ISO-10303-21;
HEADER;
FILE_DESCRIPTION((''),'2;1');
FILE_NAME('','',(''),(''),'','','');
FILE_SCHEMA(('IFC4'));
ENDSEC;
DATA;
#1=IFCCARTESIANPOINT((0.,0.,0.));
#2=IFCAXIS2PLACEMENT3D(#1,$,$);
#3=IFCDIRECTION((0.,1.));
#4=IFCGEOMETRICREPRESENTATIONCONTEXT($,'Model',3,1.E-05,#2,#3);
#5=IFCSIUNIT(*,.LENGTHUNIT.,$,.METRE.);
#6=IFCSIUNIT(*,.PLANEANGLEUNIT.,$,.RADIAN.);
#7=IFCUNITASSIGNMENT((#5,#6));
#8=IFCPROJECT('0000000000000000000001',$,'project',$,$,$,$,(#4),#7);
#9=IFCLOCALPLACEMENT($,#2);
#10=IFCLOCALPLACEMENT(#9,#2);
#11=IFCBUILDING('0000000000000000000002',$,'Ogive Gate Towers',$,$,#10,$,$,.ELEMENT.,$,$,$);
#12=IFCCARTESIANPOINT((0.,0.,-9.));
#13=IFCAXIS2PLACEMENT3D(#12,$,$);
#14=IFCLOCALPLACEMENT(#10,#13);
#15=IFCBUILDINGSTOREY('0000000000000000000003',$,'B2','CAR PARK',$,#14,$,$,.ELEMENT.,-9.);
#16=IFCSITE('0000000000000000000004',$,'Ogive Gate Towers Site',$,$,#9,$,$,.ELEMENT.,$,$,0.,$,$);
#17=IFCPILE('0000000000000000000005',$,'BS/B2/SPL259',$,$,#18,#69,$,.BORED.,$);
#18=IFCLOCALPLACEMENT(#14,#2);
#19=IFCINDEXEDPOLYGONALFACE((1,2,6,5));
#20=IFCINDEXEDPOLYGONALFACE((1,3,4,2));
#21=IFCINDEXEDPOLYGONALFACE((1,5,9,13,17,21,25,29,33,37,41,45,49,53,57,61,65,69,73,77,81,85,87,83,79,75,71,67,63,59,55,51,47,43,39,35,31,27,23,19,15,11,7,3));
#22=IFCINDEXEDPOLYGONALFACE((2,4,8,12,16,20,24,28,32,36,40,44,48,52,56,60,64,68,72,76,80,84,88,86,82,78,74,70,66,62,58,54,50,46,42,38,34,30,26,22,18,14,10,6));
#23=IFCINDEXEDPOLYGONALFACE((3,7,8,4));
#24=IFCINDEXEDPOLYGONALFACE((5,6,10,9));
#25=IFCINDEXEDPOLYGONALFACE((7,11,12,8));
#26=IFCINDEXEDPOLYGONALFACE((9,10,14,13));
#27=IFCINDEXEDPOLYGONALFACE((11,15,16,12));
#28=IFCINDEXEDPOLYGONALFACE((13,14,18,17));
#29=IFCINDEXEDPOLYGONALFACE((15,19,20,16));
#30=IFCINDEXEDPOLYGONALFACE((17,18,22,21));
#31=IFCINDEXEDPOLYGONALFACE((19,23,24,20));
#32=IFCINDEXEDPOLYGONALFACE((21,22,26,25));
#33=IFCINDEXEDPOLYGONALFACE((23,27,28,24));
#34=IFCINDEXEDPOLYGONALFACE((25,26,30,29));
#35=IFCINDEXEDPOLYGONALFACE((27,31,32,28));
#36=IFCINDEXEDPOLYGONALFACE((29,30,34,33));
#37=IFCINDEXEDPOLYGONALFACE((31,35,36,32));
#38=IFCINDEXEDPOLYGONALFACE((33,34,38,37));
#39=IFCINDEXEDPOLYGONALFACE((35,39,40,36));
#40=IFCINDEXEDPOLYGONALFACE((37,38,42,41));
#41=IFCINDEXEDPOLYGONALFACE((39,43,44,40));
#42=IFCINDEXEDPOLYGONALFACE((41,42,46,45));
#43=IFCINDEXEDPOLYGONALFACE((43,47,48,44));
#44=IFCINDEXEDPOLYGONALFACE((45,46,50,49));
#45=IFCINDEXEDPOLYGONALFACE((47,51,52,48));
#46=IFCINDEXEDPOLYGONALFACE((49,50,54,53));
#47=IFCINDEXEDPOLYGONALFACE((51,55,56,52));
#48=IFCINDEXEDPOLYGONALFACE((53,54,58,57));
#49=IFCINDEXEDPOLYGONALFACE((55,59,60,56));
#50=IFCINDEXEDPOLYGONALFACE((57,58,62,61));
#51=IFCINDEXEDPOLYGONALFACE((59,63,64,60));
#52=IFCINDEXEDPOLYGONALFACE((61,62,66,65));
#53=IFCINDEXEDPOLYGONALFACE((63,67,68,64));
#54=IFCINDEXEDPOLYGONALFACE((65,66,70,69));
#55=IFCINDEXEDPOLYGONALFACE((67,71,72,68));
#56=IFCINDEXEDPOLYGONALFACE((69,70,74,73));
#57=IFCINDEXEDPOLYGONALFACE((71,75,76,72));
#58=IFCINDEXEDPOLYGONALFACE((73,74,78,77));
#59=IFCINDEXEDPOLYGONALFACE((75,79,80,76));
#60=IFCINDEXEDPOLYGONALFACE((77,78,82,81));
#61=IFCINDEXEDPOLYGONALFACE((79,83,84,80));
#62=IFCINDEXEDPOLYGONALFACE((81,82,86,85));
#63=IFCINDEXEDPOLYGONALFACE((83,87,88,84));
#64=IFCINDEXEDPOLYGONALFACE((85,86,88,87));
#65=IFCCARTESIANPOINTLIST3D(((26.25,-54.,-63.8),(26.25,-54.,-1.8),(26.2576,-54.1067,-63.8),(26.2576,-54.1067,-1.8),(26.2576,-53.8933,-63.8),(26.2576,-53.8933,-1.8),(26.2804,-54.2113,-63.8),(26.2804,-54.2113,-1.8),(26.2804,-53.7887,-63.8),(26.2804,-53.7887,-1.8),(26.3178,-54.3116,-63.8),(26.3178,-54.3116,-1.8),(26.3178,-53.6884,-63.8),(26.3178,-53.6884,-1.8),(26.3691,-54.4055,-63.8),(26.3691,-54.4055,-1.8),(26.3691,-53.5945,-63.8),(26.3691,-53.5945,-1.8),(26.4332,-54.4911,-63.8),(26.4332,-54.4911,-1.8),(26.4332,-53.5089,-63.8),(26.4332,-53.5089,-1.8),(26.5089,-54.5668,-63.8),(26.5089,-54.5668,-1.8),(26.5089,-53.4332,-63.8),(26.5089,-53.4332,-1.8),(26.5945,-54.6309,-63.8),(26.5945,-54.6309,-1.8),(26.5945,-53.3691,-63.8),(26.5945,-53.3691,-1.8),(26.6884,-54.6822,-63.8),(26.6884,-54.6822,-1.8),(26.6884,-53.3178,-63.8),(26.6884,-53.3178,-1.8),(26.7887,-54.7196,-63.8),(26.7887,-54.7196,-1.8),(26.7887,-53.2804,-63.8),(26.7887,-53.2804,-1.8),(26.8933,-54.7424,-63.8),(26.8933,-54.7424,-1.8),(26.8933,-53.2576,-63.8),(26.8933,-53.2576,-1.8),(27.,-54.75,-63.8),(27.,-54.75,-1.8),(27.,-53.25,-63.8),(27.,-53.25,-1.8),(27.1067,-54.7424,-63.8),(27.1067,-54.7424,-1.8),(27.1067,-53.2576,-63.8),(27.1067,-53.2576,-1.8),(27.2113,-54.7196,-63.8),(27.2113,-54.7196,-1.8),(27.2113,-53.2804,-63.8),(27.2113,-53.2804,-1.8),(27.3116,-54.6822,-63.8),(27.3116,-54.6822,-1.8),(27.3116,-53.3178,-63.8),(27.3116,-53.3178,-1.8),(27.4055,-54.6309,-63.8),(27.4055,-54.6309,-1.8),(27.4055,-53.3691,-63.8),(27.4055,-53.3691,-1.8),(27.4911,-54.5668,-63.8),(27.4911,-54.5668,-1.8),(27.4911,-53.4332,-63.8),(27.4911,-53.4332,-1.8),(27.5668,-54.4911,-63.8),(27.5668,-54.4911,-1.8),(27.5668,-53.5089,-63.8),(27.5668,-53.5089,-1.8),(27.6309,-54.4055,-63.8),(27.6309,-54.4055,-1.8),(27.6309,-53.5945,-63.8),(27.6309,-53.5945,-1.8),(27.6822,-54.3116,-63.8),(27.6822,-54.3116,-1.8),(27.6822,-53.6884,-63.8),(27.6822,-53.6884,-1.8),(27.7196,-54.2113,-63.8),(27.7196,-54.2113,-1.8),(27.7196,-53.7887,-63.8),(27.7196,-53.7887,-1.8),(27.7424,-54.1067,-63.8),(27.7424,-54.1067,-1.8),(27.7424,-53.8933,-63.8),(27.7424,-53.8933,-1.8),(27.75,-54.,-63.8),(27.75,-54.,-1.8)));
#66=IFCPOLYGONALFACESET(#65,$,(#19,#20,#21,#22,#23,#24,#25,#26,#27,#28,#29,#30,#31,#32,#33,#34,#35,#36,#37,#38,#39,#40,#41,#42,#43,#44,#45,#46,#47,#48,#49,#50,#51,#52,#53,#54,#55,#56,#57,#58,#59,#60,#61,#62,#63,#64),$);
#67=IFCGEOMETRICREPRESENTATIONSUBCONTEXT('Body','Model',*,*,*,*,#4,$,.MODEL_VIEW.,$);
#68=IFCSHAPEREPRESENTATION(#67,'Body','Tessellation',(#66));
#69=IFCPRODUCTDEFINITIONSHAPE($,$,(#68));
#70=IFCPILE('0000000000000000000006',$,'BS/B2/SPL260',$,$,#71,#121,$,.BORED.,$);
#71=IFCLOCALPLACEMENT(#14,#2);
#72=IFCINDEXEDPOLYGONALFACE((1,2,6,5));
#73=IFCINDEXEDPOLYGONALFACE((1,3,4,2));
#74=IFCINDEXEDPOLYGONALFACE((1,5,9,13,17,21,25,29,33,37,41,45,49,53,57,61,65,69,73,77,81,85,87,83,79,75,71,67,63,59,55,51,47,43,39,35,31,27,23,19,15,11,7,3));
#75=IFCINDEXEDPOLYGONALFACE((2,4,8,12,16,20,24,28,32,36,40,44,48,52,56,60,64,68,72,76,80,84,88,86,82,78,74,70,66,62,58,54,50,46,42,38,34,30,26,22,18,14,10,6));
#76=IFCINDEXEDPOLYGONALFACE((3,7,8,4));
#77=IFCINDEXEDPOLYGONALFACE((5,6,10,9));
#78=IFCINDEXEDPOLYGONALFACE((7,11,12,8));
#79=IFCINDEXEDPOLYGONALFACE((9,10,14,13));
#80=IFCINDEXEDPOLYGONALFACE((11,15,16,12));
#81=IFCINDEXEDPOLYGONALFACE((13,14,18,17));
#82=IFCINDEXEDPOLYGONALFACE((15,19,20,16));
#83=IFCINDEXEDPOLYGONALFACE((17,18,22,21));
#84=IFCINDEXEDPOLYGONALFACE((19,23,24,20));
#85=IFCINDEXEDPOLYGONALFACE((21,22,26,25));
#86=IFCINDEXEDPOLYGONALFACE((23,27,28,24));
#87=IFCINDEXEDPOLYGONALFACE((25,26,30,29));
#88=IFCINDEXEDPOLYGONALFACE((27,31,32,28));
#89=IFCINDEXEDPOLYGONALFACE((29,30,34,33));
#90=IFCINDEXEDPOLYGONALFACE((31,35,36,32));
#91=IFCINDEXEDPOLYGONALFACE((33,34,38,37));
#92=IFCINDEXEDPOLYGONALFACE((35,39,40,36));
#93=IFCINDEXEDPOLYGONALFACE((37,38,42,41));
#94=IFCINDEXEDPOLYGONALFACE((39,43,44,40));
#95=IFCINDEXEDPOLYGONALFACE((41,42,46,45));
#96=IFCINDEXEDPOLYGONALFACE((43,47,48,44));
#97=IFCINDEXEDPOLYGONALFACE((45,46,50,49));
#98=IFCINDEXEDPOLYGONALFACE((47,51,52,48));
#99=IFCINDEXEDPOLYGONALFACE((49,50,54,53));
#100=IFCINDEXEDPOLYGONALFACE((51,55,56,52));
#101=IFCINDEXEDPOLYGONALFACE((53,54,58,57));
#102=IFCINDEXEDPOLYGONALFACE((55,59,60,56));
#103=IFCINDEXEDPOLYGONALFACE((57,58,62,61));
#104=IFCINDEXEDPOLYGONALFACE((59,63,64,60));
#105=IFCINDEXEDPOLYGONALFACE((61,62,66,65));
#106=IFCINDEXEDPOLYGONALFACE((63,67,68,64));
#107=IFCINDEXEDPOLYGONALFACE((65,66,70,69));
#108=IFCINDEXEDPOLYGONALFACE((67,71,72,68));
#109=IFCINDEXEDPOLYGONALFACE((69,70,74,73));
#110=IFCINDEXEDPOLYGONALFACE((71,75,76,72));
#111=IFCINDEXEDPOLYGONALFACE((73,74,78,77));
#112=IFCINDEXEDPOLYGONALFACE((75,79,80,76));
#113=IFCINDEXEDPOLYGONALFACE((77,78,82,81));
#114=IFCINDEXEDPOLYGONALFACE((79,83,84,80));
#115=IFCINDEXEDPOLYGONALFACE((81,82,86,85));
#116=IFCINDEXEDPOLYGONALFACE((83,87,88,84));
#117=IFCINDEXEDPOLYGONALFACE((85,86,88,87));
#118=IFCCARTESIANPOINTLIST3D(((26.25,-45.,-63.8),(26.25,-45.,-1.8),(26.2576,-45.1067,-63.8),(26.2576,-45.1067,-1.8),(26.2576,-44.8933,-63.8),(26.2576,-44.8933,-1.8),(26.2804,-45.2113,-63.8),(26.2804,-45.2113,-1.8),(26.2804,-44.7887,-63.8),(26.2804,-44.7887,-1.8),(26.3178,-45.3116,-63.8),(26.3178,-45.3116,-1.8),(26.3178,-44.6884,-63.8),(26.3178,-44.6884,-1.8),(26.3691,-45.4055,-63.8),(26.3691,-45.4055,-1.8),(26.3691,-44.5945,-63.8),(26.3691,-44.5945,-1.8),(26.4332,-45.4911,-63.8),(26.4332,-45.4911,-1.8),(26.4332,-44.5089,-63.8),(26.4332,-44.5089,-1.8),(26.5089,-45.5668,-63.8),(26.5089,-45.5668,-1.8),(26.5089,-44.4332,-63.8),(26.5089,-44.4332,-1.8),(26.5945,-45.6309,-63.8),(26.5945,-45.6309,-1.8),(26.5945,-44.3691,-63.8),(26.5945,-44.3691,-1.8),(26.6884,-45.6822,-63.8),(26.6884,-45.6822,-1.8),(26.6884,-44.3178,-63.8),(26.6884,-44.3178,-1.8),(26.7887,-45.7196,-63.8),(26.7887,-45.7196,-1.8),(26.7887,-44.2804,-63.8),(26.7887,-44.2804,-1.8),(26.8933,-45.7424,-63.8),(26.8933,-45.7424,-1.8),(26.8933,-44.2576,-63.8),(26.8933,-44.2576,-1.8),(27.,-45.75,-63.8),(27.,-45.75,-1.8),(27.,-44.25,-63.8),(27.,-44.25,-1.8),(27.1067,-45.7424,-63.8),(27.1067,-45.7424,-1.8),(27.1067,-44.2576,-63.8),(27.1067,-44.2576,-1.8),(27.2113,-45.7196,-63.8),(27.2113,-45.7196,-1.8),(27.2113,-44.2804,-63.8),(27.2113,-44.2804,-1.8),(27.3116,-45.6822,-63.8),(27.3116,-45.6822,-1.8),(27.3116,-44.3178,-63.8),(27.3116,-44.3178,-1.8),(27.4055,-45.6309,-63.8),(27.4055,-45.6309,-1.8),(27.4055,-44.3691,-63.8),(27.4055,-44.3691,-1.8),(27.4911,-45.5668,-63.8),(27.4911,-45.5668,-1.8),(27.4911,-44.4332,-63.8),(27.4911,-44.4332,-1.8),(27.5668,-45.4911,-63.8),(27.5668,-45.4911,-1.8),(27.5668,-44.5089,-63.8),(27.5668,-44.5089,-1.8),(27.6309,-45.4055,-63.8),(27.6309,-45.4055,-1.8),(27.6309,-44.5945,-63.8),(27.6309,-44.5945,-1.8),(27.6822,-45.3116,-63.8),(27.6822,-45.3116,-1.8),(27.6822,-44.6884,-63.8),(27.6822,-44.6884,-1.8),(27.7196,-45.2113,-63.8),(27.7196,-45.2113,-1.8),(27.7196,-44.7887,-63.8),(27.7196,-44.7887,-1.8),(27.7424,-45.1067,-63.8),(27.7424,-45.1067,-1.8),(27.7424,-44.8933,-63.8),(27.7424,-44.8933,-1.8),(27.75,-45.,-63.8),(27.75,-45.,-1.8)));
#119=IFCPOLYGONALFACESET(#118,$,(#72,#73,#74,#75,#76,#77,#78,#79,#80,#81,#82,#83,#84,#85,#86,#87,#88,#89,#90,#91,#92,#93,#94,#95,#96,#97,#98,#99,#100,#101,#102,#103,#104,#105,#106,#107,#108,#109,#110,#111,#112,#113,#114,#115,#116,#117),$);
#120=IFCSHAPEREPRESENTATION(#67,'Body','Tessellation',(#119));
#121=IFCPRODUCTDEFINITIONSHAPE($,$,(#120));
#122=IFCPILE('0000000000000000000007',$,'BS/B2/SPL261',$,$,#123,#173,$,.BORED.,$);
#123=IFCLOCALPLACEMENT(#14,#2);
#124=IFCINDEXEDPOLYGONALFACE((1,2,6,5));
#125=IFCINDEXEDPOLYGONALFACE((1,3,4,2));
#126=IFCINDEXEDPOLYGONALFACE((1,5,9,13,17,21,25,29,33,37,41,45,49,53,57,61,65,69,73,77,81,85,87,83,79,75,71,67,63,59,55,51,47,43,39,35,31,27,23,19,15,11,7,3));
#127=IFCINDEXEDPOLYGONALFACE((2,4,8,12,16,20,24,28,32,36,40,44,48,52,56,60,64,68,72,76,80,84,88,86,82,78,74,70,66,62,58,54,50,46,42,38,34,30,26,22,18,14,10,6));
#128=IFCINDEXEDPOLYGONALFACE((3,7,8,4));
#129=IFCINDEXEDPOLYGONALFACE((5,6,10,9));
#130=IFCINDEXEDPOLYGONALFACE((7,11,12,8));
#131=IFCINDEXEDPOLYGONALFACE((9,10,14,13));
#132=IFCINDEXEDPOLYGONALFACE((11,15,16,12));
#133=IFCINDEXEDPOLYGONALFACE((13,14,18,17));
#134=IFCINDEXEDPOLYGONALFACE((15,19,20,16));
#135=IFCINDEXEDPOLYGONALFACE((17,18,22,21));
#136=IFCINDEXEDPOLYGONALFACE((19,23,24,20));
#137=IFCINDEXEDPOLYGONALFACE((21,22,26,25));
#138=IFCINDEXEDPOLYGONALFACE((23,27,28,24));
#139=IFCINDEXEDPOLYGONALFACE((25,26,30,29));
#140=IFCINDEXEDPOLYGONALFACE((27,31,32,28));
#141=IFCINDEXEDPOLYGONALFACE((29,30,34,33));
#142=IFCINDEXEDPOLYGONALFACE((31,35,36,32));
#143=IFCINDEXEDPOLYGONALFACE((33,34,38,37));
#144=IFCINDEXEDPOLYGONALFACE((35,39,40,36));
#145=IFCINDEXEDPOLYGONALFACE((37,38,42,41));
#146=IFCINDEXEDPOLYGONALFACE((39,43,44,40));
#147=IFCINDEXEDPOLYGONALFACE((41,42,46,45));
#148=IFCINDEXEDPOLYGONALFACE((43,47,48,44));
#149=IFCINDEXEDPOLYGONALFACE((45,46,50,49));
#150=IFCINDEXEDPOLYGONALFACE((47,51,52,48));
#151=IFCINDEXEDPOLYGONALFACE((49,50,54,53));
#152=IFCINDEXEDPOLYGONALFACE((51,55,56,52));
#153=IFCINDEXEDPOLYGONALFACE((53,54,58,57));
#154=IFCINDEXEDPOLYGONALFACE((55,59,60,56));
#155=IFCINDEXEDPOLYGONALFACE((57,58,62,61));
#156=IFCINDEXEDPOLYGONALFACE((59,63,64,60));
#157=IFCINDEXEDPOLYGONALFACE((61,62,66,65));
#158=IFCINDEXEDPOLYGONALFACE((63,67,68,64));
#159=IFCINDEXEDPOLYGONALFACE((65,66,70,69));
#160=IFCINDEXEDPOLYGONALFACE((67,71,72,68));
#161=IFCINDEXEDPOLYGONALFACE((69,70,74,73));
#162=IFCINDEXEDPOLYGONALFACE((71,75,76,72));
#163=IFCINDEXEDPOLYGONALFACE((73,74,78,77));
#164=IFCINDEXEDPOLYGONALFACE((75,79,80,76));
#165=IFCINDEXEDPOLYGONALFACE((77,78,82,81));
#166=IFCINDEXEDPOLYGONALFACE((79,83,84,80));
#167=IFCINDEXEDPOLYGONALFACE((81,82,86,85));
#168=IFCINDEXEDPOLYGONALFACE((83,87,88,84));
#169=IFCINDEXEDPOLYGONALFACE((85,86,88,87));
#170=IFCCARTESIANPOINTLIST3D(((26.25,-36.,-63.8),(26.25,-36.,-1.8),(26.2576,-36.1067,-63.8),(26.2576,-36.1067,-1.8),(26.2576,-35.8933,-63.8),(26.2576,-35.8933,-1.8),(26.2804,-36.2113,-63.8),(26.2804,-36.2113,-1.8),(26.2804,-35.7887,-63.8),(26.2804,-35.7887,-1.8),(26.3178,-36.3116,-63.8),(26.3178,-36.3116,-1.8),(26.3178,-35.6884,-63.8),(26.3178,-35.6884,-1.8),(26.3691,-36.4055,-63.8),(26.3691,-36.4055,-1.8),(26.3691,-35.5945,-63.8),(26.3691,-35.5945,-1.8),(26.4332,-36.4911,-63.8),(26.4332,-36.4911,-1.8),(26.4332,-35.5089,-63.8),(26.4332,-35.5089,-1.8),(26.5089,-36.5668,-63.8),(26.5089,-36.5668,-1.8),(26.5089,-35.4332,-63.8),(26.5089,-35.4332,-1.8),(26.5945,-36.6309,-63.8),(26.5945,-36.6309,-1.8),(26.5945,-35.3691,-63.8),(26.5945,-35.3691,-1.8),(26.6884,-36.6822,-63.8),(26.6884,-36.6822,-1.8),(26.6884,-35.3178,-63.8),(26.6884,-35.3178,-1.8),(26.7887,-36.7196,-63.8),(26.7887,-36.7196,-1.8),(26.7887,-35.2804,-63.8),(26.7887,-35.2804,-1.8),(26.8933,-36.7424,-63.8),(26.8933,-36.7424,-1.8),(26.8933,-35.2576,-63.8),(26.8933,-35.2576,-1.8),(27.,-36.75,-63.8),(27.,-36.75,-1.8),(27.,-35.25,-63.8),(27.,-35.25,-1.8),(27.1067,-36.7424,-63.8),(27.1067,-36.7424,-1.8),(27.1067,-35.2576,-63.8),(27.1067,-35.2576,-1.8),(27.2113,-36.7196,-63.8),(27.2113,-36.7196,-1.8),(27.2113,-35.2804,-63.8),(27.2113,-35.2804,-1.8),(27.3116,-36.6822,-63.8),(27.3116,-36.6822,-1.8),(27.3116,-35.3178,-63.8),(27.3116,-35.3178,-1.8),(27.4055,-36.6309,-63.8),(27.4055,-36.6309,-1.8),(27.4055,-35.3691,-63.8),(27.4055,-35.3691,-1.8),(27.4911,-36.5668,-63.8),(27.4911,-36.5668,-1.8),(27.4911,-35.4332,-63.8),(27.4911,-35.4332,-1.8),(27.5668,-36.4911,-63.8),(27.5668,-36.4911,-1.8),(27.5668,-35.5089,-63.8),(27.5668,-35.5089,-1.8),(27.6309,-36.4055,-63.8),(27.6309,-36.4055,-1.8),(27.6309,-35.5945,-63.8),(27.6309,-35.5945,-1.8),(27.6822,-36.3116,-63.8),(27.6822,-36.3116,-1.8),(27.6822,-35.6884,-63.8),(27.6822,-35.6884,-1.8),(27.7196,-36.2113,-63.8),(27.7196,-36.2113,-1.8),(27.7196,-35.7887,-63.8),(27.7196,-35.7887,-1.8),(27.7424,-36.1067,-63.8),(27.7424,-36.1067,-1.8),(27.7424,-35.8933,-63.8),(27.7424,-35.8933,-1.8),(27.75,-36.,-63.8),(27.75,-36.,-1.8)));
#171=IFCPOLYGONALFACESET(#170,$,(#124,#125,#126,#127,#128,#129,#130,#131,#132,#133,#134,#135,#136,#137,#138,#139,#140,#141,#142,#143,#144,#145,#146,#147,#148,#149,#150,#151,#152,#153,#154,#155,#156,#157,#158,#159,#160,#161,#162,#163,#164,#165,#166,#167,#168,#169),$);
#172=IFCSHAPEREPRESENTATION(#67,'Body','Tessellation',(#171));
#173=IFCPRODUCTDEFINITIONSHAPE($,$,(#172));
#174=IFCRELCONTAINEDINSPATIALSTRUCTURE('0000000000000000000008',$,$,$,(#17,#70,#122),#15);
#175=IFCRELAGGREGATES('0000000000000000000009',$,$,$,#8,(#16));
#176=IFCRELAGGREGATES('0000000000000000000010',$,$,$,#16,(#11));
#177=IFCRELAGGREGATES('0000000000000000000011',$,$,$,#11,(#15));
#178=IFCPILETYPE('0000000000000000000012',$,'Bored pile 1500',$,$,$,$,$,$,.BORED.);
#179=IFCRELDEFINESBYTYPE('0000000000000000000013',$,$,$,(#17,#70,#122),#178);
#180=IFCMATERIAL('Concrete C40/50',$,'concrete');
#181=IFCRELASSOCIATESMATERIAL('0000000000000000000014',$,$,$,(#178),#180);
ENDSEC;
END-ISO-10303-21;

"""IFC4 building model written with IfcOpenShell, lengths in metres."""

from ifc_helpers import new_model, si_unit, direction, frame, origin, origin_2d, place, context, subcontext, project, spatial, circle, extrude, material, material_profile, profile_set, type_object, element, save


model = new_model("IFC4")

# Units and contexts
model_context = context("Model", 3, precision=1e-05, world=origin(), true_north=direction((0.0, 1.0)))
body_context = subcontext(model_context, "Body", "Model", "MODEL_VIEW")
ifc_project = project(units=[si_unit("LENGTHUNIT", "METRE"), si_unit("PLANEANGLEUNIT", "RADIAN")], contexts=[model_context])

# Site, building, storey
site_placement = place(None, origin())
site = spatial("IfcSite", under=ifc_project, at=site_placement, Name="Ogive Gate Towers Site", CompositionType="ELEMENT", RefElevation=0.0)
building_placement = place(site_placement, origin())
building = spatial("IfcBuilding", under=site, at=building_placement, Name="Ogive Gate Towers", CompositionType="ELEMENT")
storey_placement = place(building_placement, frame((0.0, 0.0, -9.0)))
storey = spatial("IfcBuildingStorey", under=building, at=storey_placement, Name="B2", Description="CAR PARK", CompositionType="ELEMENT", Elevation=-9.0)

# Piles
ifc_material_1 = material(Name="Concrete C40/50", Category="concrete")
ifc_material_profile_1 = material_profile(ifc_material_1, circle(Radius=0.75, at=origin_2d()), Name="BP 1500")
ifc_profile_set_1 = profile_set([ifc_material_profile_1], Name="Concrete C40/50")
pile_type_1 = type_object("IfcPileType", Name="Bored pile 1500", PredefinedType="BORED", material=ifc_profile_set_1)
for number, where, z_axis, x_axis, name in (
    (1, (27.0, -54.0, -1.8), (0.0, 0.0, -1.0), (1.0, 0.0, 0.0), "BS/B2/SPL259"),
    (2, (27.0, -45.0, -1.8), (0.0, 0.0, -1.0), (1.0, 0.0, 0.0), "BS/B2/SPL260"),
    (3, (27.0, -36.0, -1.8), (0.0, 0.0, -1.0), (1.0, 0.0, 0.0), "BS/B2/SPL261"),
):
    element("IfcPile", number, at=place(storey_placement, frame(where, z_axis=z_axis, x_axis=x_axis)), inside=storey, type_object=pile_type_1, Name=name, PredefinedType="BORED", context=body_context, shape_type="SweptSolid", body=[
        extrude(circle(Radius=0.75, at=origin_2d()), origin(), (0.0, 0.0, 1.0), 62.0),
    ])

save(model, "model.ifc")
